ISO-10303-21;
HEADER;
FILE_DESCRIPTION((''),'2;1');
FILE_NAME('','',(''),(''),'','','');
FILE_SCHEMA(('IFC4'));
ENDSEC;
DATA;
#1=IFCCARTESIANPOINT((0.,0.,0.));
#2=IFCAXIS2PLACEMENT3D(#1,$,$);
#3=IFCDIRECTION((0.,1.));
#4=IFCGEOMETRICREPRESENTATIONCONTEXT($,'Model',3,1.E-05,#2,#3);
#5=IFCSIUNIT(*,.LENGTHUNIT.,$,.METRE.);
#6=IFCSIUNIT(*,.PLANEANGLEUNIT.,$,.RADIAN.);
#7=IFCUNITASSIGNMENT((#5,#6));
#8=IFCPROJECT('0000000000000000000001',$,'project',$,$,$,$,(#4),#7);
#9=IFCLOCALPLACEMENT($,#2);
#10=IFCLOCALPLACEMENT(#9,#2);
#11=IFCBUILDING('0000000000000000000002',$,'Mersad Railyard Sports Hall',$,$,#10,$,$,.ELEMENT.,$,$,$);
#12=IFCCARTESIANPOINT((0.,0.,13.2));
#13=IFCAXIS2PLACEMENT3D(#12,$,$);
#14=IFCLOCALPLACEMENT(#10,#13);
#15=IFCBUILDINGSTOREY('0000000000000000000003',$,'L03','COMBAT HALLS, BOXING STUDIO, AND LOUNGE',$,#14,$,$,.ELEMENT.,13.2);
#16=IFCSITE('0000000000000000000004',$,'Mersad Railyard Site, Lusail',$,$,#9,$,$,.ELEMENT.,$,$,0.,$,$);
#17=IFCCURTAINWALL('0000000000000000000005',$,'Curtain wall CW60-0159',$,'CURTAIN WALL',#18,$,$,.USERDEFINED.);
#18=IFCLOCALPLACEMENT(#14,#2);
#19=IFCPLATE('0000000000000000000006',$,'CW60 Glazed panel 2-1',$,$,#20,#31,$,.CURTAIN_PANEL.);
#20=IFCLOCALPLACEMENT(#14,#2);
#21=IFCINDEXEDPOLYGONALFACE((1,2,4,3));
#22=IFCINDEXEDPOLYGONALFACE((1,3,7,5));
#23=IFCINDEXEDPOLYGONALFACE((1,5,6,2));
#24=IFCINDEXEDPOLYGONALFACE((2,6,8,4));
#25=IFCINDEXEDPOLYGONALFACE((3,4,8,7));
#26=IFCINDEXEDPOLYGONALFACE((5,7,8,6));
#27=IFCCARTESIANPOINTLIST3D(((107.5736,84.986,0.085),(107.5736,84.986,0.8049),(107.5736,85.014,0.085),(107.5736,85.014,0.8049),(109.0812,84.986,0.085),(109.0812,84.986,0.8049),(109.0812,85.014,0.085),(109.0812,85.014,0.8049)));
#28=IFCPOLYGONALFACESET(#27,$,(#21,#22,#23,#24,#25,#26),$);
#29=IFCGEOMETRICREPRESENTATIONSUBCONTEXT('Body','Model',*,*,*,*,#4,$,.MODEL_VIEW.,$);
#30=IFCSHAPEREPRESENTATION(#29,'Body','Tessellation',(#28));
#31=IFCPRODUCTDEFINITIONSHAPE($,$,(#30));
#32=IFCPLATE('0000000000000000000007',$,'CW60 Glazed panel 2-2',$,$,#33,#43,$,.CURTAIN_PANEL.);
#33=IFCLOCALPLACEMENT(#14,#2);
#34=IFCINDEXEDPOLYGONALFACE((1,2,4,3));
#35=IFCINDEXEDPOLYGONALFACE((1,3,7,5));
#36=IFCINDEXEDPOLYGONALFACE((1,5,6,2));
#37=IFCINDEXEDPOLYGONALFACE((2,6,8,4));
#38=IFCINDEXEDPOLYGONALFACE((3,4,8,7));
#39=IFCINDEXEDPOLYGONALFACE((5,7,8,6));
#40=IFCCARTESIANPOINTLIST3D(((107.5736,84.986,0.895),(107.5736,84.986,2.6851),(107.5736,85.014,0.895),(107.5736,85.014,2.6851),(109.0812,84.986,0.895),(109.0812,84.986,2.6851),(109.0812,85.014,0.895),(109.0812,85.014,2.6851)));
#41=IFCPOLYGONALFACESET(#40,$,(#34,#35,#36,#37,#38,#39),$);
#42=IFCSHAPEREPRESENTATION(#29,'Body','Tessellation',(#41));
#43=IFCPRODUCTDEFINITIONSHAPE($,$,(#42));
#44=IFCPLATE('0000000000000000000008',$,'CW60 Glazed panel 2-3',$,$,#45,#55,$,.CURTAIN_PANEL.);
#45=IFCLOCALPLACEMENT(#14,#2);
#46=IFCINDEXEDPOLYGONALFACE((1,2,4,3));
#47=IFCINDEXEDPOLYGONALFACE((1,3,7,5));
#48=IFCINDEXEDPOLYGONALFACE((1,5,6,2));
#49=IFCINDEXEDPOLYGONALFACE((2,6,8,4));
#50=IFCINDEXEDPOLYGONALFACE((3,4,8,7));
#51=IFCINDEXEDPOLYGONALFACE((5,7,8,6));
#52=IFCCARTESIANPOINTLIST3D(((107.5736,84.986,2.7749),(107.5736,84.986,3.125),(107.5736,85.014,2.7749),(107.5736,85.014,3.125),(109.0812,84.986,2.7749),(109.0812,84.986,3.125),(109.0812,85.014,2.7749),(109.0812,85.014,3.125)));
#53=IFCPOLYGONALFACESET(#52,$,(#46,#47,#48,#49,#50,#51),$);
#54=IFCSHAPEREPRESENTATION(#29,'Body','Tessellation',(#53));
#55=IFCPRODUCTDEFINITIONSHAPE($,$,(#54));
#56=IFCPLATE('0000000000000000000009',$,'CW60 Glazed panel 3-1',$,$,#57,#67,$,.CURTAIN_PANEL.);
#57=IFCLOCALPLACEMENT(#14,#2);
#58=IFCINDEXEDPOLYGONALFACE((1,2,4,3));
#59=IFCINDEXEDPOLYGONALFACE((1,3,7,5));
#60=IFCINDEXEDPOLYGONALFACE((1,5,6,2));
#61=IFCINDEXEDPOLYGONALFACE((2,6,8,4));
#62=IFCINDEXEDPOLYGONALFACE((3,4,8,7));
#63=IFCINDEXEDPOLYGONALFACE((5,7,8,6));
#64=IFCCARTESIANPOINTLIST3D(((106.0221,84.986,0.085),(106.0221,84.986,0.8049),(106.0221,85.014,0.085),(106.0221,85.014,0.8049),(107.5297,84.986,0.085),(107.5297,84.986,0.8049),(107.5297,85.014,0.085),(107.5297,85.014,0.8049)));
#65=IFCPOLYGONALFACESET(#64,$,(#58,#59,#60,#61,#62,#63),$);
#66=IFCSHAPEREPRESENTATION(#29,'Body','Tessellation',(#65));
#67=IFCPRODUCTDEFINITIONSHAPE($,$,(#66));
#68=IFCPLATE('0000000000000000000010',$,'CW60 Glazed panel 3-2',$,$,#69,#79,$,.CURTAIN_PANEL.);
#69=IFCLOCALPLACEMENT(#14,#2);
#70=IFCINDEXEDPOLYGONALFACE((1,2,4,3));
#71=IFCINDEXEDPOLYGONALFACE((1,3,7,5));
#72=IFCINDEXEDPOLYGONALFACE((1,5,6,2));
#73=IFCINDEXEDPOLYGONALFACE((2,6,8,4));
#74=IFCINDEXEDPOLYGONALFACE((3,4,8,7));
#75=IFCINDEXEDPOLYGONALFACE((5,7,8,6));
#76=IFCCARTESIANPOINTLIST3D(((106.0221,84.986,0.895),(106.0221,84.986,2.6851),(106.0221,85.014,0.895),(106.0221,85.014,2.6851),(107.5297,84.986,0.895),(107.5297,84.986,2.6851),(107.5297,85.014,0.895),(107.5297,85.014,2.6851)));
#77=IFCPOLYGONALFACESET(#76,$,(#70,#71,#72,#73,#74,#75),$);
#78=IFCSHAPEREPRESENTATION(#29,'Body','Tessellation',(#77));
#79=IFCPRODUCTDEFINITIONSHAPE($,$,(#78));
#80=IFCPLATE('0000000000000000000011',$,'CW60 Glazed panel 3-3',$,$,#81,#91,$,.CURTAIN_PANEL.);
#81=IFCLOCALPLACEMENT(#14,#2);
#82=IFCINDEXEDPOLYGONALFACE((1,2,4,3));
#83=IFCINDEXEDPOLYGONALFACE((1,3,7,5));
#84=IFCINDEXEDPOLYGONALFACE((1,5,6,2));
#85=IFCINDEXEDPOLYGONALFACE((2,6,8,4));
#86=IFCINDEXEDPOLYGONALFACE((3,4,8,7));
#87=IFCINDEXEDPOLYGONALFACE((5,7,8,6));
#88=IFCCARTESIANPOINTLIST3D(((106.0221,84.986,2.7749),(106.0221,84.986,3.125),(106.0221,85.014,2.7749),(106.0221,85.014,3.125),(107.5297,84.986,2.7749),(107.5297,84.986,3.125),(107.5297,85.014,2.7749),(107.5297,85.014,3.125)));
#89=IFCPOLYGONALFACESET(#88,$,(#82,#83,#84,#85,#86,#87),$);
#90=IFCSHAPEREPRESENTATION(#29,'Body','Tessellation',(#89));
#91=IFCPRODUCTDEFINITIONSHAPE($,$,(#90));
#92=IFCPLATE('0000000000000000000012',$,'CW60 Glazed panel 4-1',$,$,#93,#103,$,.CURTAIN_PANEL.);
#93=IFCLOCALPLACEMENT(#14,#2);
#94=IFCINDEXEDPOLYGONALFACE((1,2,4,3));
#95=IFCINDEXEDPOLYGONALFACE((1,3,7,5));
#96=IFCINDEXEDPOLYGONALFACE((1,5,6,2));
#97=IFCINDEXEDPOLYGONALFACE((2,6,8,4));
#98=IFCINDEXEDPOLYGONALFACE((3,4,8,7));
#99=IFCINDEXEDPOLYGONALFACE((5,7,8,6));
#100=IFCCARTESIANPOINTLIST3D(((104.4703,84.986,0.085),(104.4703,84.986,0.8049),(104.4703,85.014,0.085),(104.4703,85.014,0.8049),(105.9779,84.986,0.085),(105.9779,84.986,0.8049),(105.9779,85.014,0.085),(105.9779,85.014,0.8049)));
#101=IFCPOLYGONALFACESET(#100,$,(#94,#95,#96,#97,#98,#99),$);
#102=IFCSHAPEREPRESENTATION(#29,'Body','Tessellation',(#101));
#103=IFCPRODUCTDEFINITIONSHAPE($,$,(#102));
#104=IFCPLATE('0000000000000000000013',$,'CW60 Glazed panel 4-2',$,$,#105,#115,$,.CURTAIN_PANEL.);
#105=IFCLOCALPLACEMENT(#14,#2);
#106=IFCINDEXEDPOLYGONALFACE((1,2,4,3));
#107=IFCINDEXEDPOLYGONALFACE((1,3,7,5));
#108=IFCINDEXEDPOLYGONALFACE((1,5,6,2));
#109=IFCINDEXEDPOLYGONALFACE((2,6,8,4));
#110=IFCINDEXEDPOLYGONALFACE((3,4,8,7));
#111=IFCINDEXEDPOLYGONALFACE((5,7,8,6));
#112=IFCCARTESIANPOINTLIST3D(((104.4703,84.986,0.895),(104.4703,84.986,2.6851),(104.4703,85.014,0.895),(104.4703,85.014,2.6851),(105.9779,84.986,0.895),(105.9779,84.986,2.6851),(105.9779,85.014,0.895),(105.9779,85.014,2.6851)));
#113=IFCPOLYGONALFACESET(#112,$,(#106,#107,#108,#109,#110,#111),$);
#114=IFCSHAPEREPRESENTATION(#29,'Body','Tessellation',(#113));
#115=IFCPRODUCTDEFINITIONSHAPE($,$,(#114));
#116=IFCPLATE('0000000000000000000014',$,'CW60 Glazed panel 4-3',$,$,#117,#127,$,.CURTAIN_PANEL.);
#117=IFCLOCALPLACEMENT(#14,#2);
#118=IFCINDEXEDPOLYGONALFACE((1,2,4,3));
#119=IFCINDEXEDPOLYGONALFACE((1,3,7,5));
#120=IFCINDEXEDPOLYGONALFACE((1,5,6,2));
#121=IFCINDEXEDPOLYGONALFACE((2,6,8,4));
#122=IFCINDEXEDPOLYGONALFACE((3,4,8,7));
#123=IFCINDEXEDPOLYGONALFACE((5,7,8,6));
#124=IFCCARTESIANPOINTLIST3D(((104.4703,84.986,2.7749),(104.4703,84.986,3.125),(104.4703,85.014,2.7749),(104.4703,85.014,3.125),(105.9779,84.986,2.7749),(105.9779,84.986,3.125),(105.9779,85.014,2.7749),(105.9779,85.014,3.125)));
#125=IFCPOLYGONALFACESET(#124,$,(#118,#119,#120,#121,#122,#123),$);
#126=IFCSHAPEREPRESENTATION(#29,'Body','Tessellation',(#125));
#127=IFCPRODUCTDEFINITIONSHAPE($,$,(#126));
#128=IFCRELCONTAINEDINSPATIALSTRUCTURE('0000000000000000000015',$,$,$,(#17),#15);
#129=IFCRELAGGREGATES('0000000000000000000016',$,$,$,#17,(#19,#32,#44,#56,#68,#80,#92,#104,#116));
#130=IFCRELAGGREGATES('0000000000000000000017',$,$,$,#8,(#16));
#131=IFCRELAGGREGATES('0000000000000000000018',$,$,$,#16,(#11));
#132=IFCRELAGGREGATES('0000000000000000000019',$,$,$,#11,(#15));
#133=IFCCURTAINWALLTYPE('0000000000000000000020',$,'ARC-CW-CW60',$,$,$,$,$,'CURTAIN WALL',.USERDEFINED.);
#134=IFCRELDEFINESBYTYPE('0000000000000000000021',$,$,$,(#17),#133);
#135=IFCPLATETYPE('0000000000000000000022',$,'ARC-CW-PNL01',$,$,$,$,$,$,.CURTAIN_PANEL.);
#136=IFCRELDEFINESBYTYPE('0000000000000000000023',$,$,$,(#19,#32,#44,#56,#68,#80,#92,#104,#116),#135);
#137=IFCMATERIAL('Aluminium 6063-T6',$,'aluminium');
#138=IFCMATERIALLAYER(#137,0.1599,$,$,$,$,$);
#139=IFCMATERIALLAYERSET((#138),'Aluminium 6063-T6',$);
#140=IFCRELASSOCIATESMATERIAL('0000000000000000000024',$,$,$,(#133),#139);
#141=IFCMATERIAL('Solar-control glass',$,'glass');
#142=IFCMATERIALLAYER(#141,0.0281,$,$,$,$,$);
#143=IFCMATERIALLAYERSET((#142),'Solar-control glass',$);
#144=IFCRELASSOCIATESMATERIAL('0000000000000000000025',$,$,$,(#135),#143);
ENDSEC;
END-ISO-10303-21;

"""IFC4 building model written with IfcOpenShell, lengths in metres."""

from ifc_helpers import new_model, si_unit, direction, frame, origin, origin_2d, place, context, subcontext, project, spatial, rectangle, extrude, material, layer, layer_set, type_object, element, aggregate, save


model = new_model("IFC4")

# Units and contexts
model_context = context("Model", 3, precision=1e-05, world=origin(), true_north=direction((0.0, 1.0)))
body_context = subcontext(model_context, "Body", "Model", "MODEL_VIEW")
ifc_project = project(units=[si_unit("LENGTHUNIT", "METRE"), si_unit("PLANEANGLEUNIT", "RADIAN")], contexts=[model_context])

# Site, building, storey
site_placement = place(None, origin())
site = spatial("IfcSite", under=ifc_project, at=site_placement, Name="Mersad Railyard Site, Lusail", CompositionType="ELEMENT", RefElevation=0.0)
building_placement = place(site_placement, origin())
building = spatial("IfcBuilding", under=site, at=building_placement, Name="Mersad Railyard Sports Hall", CompositionType="ELEMENT")
storey_placement = place(building_placement, frame((0.0, 0.0, 13.2)))
storey = spatial("IfcBuildingStorey", under=building, at=storey_placement, Name="L03", Description="COMBAT HALLS, BOXING STUDIO, AND LOUNGE", CompositionType="ELEMENT", Elevation=13.2)

# Curtain wall
ifc_material_1 = material(Name="Aluminium 6063-T6", Category="aluminium")
ifc_layer_1 = layer(ifc_material_1, 0.1599)
ifc_layer_set_1 = layer_set([ifc_layer_1], Name="Aluminium 6063-T6")
curtain_wall_type = type_object("IfcCurtainWallType", Name="ARC-CW-CW60", ElementType="CURTAIN WALL", PredefinedType="USERDEFINED", material=ifc_layer_set_1)
curtain_wall_placement = place(storey_placement, origin())
curtain_wall = element("IfcCurtainWall", 1, at=curtain_wall_placement, inside=storey, type_object=curtain_wall_type, Name="Curtain wall CW60-0159", ObjectType="CURTAIN WALL", PredefinedType="USERDEFINED")

# Plates
ifc_material_2 = material(Name="Solar-control glass", Category="glass")
ifc_layer_2 = layer(ifc_material_2, 0.0281)
ifc_layer_set_2 = layer_set([ifc_layer_2], Name="Solar-control glass")
plate_type = type_object("IfcPlateType", Name="ARC-CW-PNL01", PredefinedType="CURTAIN_PANEL", material=ifc_layer_set_2)
plate_1_placement = place(storey_placement, frame((108.3274, 85.0, 0.085), z_axis=(0.0, 0.0, 1.0), x_axis=(-1.0, 0.0, 0.0)))
plate_1 = element("IfcPlate", 2, at=plate_1_placement, type_object=plate_type, Name="CW60 Glazed panel 2-1", PredefinedType="CURTAIN_PANEL", context=body_context, shape_type="SweptSolid", body=[
    extrude(rectangle(XDim=1.5076, YDim=0.0281, at=origin_2d()), origin(), (0.0, 0.0, 1.0), 0.72),
])
plate_2_placement = place(storey_placement, frame((108.3274, 85.0, 0.895), z_axis=(0.0, 0.0, 1.0), x_axis=(-1.0, 0.0, 0.0)))
plate_2 = element("IfcPlate", 3, at=plate_2_placement, type_object=plate_type, Name="CW60 Glazed panel 2-2", PredefinedType="CURTAIN_PANEL", context=body_context, shape_type="SweptSolid", body=[
    extrude(rectangle(XDim=1.5076, YDim=0.0281, at=origin_2d()), origin(), (0.0, 0.0, 1.0), 1.79),
])
plate_3_placement = place(storey_placement, frame((108.3274, 85.0, 2.7749), z_axis=(0.0, 0.0, 1.0), x_axis=(-1.0, 0.0, 0.0)))
plate_3 = element("IfcPlate", 4, at=plate_3_placement, type_object=plate_type, Name="CW60 Glazed panel 2-3", PredefinedType="CURTAIN_PANEL", context=body_context, shape_type="SweptSolid", body=[
    extrude(rectangle(XDim=1.5076, YDim=0.0281, at=origin_2d()), origin(), (0.0, 0.0, 1.0), 0.3501),
])
plate_4_placement = place(storey_placement, frame((106.7759, 85.0, 0.085), z_axis=(0.0, 0.0, 1.0), x_axis=(-1.0, 0.0, 0.0)))
plate_4 = element("IfcPlate", 5, at=plate_4_placement, type_object=plate_type, Name="CW60 Glazed panel 3-1", PredefinedType="CURTAIN_PANEL", context=body_context, shape_type="SweptSolid", body=[
    extrude(rectangle(XDim=1.5076, YDim=0.0281, at=origin_2d()), origin(), (0.0, 0.0, 1.0), 0.72),
])
plate_5_placement = place(storey_placement, frame((106.7759, 85.0, 0.895), z_axis=(0.0, 0.0, 1.0), x_axis=(-1.0, 0.0, 0.0)))
plate_5 = element("IfcPlate", 6, at=plate_5_placement, type_object=plate_type, Name="CW60 Glazed panel 3-2", PredefinedType="CURTAIN_PANEL", context=body_context, shape_type="SweptSolid", body=[
    extrude(rectangle(XDim=1.5076, YDim=0.0281, at=origin_2d()), origin(), (0.0, 0.0, 1.0), 1.79),
])
plate_6_placement = place(storey_placement, frame((106.7759, 85.0, 2.7749), z_axis=(0.0, 0.0, 1.0), x_axis=(-1.0, 0.0, 0.0)))
plate_6 = element("IfcPlate", 7, at=plate_6_placement, type_object=plate_type, Name="CW60 Glazed panel 3-3", PredefinedType="CURTAIN_PANEL", context=body_context, shape_type="SweptSolid", body=[
    extrude(rectangle(XDim=1.5076, YDim=0.0281, at=origin_2d()), origin(), (0.0, 0.0, 1.0), 0.3501),
])
plate_7_placement = place(storey_placement, frame((105.2241, 85.0, 0.085), z_axis=(0.0, 0.0, 1.0), x_axis=(-1.0, 0.0, 0.0)))
plate_7 = element("IfcPlate", 8, at=plate_7_placement, type_object=plate_type, Name="CW60 Glazed panel 4-1", PredefinedType="CURTAIN_PANEL", context=body_context, shape_type="SweptSolid", body=[
    extrude(rectangle(XDim=1.5076, YDim=0.0281, at=origin_2d()), origin(), (0.0, 0.0, 1.0), 0.72),
])
plate_8_placement = place(storey_placement, frame((105.2241, 85.0, 0.895), z_axis=(0.0, 0.0, 1.0), x_axis=(-1.0, 0.0, 0.0)))
plate_8 = element("IfcPlate", 9, at=plate_8_placement, type_object=plate_type, Name="CW60 Glazed panel 4-2", PredefinedType="CURTAIN_PANEL", context=body_context, shape_type="SweptSolid", body=[
    extrude(rectangle(XDim=1.5076, YDim=0.0281, at=origin_2d()), origin(), (0.0, 0.0, 1.0), 1.79),
])
plate_9_placement = place(storey_placement, frame((105.2241, 85.0, 2.7749), z_axis=(0.0, 0.0, 1.0), x_axis=(-1.0, 0.0, 0.0)))
plate_9 = element("IfcPlate", 10, at=plate_9_placement, type_object=plate_type, Name="CW60 Glazed panel 4-3", PredefinedType="CURTAIN_PANEL", context=body_context, shape_type="SweptSolid", body=[
    extrude(rectangle(XDim=1.5076, YDim=0.0281, at=origin_2d()), origin(), (0.0, 0.0, 1.0), 0.3501),
])
aggregate(curtain_wall, [plate_1, plate_2, plate_3, plate_4, plate_5, plate_6, plate_7, plate_8, plate_9])

save(model, "model.ifc")
